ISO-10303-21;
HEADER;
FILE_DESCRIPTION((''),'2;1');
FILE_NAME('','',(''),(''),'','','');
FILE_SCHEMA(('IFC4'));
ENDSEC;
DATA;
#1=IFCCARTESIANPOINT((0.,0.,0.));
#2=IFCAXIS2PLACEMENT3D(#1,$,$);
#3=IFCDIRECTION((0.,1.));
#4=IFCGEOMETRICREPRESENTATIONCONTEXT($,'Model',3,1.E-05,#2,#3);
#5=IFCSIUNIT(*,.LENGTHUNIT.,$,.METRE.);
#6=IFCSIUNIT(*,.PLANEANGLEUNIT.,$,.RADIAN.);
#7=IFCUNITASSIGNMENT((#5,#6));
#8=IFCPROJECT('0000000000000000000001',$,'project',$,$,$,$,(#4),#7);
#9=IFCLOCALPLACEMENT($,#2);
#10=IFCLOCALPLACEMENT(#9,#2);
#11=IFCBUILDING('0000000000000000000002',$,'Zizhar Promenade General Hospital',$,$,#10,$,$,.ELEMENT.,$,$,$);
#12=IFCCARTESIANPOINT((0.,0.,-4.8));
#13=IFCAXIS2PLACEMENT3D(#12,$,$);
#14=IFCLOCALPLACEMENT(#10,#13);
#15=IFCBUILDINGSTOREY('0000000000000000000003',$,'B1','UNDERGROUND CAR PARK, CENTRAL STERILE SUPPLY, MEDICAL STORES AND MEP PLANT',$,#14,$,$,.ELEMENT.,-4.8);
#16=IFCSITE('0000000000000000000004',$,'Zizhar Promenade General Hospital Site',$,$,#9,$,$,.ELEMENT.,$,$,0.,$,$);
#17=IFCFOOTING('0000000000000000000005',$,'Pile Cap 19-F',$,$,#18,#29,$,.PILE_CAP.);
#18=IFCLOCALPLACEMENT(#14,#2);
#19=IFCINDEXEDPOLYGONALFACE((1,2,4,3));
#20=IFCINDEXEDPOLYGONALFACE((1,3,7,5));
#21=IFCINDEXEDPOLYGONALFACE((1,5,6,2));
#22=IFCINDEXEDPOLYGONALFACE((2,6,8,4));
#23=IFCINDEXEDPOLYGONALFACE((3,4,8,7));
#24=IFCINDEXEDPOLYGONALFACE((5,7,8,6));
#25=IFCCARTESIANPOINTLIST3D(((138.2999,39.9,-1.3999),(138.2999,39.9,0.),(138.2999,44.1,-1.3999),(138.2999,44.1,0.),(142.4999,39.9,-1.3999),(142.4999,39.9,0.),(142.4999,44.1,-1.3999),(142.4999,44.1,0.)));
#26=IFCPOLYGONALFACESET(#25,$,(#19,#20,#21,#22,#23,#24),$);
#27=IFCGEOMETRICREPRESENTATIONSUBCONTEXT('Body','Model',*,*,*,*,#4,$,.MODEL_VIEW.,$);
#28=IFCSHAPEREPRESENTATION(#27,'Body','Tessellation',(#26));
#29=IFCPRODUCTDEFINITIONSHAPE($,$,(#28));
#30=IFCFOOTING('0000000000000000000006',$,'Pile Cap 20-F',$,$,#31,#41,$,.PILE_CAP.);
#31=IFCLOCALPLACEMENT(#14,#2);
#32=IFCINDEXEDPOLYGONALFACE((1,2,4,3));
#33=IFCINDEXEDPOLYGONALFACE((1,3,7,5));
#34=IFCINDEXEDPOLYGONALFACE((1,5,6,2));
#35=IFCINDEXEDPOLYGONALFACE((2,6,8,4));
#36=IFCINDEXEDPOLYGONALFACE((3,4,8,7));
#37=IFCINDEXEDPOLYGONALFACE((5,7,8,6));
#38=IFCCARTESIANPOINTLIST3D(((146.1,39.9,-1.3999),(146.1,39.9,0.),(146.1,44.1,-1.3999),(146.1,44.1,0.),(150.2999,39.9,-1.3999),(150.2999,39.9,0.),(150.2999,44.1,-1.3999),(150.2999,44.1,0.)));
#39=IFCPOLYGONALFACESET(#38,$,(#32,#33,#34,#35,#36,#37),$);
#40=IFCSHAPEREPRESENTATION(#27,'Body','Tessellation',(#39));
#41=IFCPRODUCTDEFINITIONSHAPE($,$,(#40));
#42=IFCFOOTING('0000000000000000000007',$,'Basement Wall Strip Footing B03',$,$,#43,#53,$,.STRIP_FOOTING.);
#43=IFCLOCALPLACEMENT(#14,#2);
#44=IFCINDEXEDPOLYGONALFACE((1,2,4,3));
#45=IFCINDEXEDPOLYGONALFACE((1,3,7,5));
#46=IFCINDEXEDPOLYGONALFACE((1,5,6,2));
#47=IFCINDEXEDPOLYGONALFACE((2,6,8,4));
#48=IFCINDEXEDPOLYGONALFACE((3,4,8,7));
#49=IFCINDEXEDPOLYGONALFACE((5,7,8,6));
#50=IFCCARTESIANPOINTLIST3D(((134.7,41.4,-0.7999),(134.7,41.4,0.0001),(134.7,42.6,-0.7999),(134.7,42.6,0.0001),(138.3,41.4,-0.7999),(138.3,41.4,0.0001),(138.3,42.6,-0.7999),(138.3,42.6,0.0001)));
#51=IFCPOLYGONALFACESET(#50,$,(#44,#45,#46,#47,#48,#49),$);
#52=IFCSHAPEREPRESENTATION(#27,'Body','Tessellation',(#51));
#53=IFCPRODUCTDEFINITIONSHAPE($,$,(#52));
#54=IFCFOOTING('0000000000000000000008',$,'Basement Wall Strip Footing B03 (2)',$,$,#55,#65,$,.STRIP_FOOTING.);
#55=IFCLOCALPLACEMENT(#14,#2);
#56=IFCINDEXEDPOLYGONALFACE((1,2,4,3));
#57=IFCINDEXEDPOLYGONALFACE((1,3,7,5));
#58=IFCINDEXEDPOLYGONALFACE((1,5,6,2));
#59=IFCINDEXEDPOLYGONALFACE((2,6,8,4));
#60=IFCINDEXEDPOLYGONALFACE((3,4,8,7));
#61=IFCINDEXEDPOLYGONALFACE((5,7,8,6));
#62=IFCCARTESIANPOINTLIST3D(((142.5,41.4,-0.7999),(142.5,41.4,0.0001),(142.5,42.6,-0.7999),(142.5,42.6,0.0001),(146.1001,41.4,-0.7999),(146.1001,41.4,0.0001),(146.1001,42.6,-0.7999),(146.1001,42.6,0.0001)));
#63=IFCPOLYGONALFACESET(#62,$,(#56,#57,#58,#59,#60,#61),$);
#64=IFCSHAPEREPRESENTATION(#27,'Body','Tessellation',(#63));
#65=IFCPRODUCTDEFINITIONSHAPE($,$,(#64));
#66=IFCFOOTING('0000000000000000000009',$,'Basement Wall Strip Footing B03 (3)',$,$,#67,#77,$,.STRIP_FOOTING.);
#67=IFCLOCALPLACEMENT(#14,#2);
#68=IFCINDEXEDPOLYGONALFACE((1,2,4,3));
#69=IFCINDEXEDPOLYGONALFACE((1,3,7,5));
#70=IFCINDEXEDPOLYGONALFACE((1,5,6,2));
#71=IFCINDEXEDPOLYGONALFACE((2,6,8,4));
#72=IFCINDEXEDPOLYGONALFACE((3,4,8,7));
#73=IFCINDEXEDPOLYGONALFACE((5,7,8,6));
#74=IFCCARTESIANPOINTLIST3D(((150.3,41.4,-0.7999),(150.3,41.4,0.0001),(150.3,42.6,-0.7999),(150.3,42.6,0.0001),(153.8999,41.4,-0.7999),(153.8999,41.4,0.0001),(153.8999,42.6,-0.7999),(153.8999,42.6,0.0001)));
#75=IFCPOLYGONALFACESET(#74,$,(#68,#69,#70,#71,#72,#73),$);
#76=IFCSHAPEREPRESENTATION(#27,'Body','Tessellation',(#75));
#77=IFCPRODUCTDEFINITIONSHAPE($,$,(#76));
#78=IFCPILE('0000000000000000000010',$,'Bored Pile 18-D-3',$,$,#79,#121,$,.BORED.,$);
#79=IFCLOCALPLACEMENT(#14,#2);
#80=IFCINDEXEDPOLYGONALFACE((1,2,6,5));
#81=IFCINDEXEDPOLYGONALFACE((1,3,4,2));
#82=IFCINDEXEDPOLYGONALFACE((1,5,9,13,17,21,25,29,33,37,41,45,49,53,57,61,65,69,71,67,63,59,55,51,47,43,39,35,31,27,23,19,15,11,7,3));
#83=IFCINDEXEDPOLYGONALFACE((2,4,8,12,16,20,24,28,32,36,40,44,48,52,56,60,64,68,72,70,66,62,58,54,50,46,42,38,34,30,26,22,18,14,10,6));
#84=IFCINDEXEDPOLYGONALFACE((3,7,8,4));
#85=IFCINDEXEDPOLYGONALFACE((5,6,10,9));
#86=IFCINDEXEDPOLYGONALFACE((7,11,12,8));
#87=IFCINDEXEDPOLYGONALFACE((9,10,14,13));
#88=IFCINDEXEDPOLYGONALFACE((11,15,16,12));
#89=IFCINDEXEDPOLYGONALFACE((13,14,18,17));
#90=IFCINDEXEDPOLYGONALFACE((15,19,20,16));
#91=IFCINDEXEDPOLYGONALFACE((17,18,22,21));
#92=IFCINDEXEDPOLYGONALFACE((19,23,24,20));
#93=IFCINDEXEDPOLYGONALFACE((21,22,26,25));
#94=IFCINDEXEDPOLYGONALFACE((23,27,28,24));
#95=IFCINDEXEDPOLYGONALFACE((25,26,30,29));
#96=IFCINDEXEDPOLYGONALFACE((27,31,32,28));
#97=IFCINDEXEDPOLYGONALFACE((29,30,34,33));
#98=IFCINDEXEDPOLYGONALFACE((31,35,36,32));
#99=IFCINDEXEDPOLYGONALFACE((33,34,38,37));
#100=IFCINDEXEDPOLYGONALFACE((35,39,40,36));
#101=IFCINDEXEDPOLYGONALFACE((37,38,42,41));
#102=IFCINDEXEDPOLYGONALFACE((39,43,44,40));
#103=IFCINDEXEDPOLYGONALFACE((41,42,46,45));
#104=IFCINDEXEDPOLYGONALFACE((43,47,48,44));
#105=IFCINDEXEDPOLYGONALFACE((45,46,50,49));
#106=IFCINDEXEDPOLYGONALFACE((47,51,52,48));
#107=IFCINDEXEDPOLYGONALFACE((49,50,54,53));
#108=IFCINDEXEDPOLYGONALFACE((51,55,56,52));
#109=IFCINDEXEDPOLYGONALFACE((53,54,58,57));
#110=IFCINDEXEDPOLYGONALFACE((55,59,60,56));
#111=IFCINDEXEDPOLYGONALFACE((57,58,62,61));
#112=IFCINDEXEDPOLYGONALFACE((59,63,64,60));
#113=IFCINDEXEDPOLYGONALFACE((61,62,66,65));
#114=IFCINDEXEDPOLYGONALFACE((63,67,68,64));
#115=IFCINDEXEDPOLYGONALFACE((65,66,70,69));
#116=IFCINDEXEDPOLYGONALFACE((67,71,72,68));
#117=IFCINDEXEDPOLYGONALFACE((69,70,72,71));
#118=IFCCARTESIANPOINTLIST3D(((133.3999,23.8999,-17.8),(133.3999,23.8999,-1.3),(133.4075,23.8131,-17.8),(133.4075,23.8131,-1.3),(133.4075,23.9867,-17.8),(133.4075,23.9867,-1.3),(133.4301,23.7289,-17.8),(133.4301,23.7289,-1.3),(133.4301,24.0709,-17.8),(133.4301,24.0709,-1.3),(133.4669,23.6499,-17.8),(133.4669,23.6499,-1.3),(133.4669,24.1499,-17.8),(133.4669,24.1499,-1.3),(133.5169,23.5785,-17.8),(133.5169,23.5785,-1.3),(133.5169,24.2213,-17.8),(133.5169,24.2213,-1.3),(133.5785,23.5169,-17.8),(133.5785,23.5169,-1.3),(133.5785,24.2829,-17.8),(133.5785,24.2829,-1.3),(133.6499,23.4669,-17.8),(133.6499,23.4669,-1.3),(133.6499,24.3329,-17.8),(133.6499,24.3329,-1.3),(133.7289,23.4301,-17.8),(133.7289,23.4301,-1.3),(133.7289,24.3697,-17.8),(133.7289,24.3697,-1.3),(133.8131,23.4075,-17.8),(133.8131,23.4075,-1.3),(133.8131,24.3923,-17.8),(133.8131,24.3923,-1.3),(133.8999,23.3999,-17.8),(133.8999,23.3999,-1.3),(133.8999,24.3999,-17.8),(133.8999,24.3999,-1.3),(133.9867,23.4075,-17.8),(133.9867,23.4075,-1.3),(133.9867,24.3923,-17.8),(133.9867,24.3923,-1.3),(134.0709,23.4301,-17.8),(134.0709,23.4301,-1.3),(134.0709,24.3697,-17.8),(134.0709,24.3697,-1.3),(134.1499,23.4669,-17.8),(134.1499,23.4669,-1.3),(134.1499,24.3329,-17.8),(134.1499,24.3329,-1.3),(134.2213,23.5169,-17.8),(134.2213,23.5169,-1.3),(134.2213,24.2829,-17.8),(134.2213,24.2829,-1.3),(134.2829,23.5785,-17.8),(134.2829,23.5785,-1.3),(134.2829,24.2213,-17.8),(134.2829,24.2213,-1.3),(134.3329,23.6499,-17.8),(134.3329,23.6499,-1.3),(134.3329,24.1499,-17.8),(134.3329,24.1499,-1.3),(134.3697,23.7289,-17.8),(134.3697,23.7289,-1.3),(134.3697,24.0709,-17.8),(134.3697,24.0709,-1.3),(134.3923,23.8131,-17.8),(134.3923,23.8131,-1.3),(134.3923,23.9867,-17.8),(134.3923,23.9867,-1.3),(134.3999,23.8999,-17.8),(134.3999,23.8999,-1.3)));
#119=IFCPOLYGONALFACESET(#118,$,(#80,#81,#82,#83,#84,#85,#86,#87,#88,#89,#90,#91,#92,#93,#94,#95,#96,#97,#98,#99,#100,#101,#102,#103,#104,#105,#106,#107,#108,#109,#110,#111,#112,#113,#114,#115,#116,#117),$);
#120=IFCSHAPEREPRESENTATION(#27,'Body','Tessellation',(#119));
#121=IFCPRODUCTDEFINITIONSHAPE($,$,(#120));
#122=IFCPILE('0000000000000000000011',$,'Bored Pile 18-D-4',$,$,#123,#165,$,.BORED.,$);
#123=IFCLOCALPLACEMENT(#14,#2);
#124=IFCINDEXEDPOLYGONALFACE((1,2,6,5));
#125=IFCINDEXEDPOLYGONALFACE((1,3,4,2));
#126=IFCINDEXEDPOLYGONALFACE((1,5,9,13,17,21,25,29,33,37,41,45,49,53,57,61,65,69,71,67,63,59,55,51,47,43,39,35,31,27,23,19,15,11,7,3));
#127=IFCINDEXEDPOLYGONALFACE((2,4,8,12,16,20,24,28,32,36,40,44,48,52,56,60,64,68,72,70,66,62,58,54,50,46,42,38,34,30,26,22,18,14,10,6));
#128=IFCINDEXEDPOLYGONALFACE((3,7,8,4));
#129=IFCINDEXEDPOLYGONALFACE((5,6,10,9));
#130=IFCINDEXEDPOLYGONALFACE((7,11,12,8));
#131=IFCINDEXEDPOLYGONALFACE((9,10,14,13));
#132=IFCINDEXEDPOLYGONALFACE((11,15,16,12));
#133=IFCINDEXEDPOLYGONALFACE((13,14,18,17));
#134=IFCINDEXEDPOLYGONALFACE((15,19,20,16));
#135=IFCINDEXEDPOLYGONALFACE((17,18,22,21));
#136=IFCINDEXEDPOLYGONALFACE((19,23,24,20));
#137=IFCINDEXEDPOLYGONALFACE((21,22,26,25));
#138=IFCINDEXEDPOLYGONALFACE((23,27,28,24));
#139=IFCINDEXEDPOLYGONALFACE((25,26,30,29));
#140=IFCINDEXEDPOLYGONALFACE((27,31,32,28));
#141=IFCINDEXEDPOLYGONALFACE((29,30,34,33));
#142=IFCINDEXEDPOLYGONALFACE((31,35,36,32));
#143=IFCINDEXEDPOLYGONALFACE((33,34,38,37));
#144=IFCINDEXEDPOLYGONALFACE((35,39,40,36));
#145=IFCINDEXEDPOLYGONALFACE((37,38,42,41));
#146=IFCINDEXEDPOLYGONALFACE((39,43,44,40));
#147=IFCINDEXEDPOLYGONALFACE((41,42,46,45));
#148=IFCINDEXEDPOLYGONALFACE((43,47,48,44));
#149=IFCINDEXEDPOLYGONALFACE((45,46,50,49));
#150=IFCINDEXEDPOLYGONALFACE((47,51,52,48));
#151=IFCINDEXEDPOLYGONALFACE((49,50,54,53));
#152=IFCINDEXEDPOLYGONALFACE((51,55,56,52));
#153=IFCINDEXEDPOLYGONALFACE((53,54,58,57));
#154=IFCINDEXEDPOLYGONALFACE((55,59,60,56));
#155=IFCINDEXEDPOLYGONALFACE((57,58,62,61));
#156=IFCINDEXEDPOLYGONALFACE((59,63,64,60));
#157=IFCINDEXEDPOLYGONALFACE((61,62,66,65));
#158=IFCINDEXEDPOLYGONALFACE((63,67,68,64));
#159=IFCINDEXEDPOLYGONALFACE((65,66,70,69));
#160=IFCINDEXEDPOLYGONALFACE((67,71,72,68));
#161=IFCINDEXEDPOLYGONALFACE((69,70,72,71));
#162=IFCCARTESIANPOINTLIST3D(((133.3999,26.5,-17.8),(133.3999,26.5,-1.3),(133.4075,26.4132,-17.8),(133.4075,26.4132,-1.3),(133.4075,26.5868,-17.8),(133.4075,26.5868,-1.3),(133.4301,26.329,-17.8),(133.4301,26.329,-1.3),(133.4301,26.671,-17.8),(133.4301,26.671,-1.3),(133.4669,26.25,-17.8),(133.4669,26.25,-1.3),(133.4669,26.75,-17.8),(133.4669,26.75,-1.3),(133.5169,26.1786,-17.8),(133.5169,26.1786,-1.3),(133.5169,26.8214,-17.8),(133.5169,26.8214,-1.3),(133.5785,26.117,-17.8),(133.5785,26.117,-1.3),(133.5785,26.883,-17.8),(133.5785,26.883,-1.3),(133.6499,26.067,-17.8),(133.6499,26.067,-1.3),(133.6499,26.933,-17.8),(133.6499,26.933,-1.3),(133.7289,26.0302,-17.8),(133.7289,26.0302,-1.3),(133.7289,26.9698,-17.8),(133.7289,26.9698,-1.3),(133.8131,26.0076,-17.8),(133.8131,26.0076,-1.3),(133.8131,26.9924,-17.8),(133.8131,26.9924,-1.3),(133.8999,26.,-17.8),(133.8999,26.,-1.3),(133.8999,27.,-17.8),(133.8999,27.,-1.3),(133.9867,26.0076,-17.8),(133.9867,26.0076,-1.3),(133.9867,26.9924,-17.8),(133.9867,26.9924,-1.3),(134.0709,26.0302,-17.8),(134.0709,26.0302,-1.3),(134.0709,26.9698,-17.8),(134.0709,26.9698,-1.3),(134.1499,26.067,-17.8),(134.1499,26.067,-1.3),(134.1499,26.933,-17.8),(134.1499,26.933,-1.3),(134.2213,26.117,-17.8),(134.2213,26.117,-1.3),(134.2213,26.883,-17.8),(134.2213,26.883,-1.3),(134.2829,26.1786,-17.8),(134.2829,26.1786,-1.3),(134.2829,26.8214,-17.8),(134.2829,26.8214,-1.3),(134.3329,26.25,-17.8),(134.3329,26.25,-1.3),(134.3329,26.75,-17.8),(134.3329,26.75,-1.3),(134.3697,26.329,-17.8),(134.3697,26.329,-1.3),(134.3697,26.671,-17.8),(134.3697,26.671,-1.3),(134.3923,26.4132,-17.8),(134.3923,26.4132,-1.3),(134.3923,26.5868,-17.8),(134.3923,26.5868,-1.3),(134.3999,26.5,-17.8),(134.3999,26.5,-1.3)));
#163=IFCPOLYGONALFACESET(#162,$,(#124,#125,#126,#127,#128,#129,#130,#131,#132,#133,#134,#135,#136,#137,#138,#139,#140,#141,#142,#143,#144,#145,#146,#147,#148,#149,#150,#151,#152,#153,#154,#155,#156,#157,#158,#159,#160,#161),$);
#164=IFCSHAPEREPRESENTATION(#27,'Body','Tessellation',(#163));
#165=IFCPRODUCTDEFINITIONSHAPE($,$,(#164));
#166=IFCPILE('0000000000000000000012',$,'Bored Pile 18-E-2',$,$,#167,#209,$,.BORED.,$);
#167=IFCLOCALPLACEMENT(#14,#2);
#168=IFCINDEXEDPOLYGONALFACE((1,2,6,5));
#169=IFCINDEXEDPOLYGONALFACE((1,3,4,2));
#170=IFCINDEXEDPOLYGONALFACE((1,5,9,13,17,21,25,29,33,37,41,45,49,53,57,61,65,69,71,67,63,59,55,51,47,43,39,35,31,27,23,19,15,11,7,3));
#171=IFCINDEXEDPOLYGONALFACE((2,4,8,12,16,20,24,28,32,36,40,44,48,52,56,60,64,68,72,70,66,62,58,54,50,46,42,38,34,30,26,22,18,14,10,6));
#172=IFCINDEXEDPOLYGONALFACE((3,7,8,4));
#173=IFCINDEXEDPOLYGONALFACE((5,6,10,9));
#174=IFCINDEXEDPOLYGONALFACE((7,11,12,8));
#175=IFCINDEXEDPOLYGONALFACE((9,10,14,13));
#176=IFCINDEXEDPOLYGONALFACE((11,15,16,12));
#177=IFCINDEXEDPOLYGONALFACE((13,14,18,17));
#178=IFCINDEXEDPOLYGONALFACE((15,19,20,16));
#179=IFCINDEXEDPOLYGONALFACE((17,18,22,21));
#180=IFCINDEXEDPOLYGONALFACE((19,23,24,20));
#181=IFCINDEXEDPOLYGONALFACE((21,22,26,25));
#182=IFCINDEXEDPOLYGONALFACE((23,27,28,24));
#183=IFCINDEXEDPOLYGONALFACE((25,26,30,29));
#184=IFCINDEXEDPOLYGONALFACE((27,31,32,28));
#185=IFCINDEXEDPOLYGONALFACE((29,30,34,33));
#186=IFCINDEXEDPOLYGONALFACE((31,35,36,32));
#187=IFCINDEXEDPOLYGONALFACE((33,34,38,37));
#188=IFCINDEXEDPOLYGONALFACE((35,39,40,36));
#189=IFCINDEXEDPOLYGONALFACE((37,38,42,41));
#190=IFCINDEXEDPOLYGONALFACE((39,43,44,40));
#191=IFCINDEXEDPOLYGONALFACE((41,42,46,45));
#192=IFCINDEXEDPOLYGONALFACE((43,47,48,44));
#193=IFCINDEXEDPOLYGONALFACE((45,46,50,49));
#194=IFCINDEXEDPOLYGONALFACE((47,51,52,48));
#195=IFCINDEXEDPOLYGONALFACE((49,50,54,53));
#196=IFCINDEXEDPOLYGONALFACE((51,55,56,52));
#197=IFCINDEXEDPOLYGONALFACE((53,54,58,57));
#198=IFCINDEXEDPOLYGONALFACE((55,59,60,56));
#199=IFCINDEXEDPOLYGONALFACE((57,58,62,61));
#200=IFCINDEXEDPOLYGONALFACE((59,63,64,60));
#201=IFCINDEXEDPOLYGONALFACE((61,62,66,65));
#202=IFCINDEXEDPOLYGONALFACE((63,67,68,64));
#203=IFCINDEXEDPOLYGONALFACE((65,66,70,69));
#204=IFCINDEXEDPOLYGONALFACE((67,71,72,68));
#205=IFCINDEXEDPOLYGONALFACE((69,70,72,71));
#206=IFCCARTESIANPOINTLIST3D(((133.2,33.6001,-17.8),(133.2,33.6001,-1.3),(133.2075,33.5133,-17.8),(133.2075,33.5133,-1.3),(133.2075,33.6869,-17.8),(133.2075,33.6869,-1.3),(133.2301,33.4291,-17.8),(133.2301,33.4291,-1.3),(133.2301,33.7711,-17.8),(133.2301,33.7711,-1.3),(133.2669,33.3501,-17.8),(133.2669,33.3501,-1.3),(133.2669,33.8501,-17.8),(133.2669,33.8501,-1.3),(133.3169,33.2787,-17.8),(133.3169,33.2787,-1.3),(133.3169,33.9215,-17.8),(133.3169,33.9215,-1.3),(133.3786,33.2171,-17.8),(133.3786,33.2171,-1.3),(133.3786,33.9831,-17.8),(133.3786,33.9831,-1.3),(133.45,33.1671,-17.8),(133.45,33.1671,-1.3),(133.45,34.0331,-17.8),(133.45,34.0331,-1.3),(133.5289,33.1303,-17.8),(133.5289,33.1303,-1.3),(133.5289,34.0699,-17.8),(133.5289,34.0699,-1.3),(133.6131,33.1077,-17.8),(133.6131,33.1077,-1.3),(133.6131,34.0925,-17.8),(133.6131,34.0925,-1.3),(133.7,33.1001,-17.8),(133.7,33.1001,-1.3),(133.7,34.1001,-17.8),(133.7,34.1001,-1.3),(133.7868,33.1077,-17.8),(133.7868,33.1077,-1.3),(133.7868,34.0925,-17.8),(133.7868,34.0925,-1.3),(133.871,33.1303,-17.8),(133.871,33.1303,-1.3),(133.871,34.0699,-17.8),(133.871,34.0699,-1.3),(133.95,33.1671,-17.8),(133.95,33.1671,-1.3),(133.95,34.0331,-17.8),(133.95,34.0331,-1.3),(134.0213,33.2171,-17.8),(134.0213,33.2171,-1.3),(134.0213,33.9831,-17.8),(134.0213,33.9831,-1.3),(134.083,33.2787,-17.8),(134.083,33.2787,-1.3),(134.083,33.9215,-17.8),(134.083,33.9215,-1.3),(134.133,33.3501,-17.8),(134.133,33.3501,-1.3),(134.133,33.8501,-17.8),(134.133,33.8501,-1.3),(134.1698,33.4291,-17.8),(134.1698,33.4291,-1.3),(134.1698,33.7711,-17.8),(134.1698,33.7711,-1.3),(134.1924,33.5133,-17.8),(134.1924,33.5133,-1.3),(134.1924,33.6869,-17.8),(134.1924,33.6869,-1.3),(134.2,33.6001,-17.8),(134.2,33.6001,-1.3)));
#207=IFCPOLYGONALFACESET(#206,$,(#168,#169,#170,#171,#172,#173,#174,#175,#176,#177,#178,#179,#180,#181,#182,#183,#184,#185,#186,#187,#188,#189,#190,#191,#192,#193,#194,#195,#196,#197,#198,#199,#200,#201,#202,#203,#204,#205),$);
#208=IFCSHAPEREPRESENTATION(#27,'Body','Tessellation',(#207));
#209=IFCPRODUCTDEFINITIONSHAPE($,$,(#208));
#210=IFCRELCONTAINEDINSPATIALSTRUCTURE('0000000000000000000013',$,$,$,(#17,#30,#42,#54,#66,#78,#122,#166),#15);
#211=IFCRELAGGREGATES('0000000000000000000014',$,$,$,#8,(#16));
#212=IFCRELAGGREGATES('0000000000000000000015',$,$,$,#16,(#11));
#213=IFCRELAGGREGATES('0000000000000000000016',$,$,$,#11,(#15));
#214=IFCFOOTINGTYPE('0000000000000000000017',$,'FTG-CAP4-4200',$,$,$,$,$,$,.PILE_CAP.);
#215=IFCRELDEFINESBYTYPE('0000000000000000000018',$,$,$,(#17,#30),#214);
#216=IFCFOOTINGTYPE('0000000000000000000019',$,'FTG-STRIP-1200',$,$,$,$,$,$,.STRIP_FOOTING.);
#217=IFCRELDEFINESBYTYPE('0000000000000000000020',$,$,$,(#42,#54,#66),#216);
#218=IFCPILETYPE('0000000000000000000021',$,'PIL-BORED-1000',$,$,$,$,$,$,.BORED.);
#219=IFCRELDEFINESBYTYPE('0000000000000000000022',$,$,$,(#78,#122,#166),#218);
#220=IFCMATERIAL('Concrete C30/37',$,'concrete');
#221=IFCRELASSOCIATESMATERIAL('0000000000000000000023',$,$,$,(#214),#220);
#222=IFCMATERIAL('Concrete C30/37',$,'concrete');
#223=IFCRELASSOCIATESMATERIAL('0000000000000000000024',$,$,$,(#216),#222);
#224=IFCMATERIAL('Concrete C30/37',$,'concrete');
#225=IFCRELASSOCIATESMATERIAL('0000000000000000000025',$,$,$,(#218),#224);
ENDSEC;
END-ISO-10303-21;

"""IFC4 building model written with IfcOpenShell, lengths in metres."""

from ifc_helpers import new_model, si_unit, direction, frame, origin, origin_2d, place, context, subcontext, project, spatial, rectangle, circle, extrude, material, material_profile, profile_set, type_object, element, save


model = new_model("IFC4")

# Units and contexts
model_context = context("Model", 3, precision=1e-05, world=origin(), true_north=direction((0.0, 1.0)))
body_context = subcontext(model_context, "Body", "Model", "MODEL_VIEW")
ifc_project = project(units=[si_unit("LENGTHUNIT", "METRE"), si_unit("PLANEANGLEUNIT", "RADIAN")], contexts=[model_context])

# Site, building, storey
site_placement = place(None, origin())
site = spatial("IfcSite", under=ifc_project, at=site_placement, Name="Zizhar Promenade General Hospital Site", CompositionType="ELEMENT", RefElevation=0.0)
building_placement = place(site_placement, origin())
building = spatial("IfcBuilding", under=site, at=building_placement, Name="Zizhar Promenade General Hospital", CompositionType="ELEMENT")
storey_placement = place(building_placement, frame((0.0, 0.0, -4.8)))
storey = spatial("IfcBuildingStorey", under=building, at=storey_placement, Name="B1", Description="UNDERGROUND CAR PARK, CENTRAL STERILE SUPPLY, MEDICAL STORES AND MEP PLANT", CompositionType="ELEMENT", Elevation=-4.8)

# Footings
ifc_material_1 = material(Name="Concrete C30/37", Category="concrete")
footing_type_1 = type_object("IfcFootingType", Name="FTG-CAP4-4200", PredefinedType="PILE_CAP", material=ifc_material_1)
for number, where, z_axis, x_axis, name in (
    (1, (140.3999, 42.0, -1.3999), (0.0, 0.0, 1.0), (1.0, 0.0, 0.0), "Pile Cap 19-F"),
    (2, (148.2, 42.0, -1.3999), (0.0, 0.0, 1.0), (1.0, 0.0, 0.0), "Pile Cap 20-F"),
):
    element("IfcFooting", number, at=place(storey_placement, frame(where, z_axis=z_axis, x_axis=x_axis)), inside=storey, type_object=footing_type_1, Name=name, PredefinedType="PILE_CAP", context=body_context, shape_type="SweptSolid", body=[
        extrude(rectangle(XDim=4.2, YDim=4.2, at=origin_2d()), origin(), (0.0, 0.0, 1.0), 1.3999),
    ])
ifc_material_2 = material(Name="Concrete C30/37", Category="concrete")
ifc_material_profile_1 = material_profile(ifc_material_2, rectangle(XDim=1.2, YDim=0.8, at=origin_2d()))
ifc_profile_set_1 = profile_set([ifc_material_profile_1], Name="Concrete C30/37")
footing_type_2 = type_object("IfcFootingType", Name="FTG-STRIP-1200", PredefinedType="STRIP_FOOTING", material=ifc_profile_set_1)
for number, where, z_axis, x_axis, name in (
    (3, (134.7, 42.0, -0.3999), (1.0, 0.0, 0.0), (0.0, 1.0, 0.0), "Basement Wall Strip Footing B03"),
    (4, (142.5, 42.0, -0.3999), (1.0, 0.0, 0.0), (0.0, 1.0, 0.0), "Basement Wall Strip Footing B03 (2)"),
):
    element("IfcFooting", number, at=place(storey_placement, frame(where, z_axis=z_axis, x_axis=x_axis)), inside=storey, type_object=footing_type_2, Name=name, PredefinedType="STRIP_FOOTING", context=body_context, shape_type="SweptSolid", body=[
        extrude(rectangle(XDim=1.2, YDim=0.8, at=origin_2d()), origin(), (0.0, 0.0, 1.0), 3.6001),
    ])
footing_placement = place(storey_placement, frame((150.3, 42.0, -0.3999), z_axis=(1.0, 0.0, 0.0), x_axis=(0.0, 1.0, 0.0)))
element("IfcFooting", 5, at=footing_placement, inside=storey, type_object=footing_type_2, Name="Basement Wall Strip Footing B03 (3)", PredefinedType="STRIP_FOOTING", context=body_context, shape_type="SweptSolid", body=[
    extrude(rectangle(XDim=1.2, YDim=0.8, at=origin_2d()), origin(), (0.0, 0.0, 1.0), 3.5999),
])

# Piles
ifc_material_3 = material(Name="Concrete C30/37", Category="concrete")
ifc_material_profile_2 = material_profile(ifc_material_3, circle(Radius=0.5, at=origin_2d()))
ifc_profile_set_2 = profile_set([ifc_material_profile_2], Name="Concrete C30/37")
pile_type = type_object("IfcPileType", Name="PIL-BORED-1000", PredefinedType="BORED", material=ifc_profile_set_2)
for number, where, z_axis, x_axis, name in (
    (6, (133.8999, 23.8999, -1.3), (0.0, 0.0, -1.0), (1.0, 0.0, 0.0), "Bored Pile 18-D-3"),
    (7, (133.8999, 26.5, -1.3), (0.0, 0.0, -1.0), (1.0, 0.0, 0.0), "Bored Pile 18-D-4"),
    (8, (133.7, 33.6001, -1.3), (0.0, 0.0, -1.0), (1.0, 0.0, 0.0), "Bored Pile 18-E-2"),
):
    element("IfcPile", number, at=place(storey_placement, frame(where, z_axis=z_axis, x_axis=x_axis)), inside=storey, type_object=pile_type, Name=name, PredefinedType="BORED", context=body_context, shape_type="SweptSolid", body=[
        extrude(circle(Radius=0.5, at=origin_2d()), origin(), (0.0, 0.0, 1.0), 16.5),
    ])

save(model, "model.ifc")
